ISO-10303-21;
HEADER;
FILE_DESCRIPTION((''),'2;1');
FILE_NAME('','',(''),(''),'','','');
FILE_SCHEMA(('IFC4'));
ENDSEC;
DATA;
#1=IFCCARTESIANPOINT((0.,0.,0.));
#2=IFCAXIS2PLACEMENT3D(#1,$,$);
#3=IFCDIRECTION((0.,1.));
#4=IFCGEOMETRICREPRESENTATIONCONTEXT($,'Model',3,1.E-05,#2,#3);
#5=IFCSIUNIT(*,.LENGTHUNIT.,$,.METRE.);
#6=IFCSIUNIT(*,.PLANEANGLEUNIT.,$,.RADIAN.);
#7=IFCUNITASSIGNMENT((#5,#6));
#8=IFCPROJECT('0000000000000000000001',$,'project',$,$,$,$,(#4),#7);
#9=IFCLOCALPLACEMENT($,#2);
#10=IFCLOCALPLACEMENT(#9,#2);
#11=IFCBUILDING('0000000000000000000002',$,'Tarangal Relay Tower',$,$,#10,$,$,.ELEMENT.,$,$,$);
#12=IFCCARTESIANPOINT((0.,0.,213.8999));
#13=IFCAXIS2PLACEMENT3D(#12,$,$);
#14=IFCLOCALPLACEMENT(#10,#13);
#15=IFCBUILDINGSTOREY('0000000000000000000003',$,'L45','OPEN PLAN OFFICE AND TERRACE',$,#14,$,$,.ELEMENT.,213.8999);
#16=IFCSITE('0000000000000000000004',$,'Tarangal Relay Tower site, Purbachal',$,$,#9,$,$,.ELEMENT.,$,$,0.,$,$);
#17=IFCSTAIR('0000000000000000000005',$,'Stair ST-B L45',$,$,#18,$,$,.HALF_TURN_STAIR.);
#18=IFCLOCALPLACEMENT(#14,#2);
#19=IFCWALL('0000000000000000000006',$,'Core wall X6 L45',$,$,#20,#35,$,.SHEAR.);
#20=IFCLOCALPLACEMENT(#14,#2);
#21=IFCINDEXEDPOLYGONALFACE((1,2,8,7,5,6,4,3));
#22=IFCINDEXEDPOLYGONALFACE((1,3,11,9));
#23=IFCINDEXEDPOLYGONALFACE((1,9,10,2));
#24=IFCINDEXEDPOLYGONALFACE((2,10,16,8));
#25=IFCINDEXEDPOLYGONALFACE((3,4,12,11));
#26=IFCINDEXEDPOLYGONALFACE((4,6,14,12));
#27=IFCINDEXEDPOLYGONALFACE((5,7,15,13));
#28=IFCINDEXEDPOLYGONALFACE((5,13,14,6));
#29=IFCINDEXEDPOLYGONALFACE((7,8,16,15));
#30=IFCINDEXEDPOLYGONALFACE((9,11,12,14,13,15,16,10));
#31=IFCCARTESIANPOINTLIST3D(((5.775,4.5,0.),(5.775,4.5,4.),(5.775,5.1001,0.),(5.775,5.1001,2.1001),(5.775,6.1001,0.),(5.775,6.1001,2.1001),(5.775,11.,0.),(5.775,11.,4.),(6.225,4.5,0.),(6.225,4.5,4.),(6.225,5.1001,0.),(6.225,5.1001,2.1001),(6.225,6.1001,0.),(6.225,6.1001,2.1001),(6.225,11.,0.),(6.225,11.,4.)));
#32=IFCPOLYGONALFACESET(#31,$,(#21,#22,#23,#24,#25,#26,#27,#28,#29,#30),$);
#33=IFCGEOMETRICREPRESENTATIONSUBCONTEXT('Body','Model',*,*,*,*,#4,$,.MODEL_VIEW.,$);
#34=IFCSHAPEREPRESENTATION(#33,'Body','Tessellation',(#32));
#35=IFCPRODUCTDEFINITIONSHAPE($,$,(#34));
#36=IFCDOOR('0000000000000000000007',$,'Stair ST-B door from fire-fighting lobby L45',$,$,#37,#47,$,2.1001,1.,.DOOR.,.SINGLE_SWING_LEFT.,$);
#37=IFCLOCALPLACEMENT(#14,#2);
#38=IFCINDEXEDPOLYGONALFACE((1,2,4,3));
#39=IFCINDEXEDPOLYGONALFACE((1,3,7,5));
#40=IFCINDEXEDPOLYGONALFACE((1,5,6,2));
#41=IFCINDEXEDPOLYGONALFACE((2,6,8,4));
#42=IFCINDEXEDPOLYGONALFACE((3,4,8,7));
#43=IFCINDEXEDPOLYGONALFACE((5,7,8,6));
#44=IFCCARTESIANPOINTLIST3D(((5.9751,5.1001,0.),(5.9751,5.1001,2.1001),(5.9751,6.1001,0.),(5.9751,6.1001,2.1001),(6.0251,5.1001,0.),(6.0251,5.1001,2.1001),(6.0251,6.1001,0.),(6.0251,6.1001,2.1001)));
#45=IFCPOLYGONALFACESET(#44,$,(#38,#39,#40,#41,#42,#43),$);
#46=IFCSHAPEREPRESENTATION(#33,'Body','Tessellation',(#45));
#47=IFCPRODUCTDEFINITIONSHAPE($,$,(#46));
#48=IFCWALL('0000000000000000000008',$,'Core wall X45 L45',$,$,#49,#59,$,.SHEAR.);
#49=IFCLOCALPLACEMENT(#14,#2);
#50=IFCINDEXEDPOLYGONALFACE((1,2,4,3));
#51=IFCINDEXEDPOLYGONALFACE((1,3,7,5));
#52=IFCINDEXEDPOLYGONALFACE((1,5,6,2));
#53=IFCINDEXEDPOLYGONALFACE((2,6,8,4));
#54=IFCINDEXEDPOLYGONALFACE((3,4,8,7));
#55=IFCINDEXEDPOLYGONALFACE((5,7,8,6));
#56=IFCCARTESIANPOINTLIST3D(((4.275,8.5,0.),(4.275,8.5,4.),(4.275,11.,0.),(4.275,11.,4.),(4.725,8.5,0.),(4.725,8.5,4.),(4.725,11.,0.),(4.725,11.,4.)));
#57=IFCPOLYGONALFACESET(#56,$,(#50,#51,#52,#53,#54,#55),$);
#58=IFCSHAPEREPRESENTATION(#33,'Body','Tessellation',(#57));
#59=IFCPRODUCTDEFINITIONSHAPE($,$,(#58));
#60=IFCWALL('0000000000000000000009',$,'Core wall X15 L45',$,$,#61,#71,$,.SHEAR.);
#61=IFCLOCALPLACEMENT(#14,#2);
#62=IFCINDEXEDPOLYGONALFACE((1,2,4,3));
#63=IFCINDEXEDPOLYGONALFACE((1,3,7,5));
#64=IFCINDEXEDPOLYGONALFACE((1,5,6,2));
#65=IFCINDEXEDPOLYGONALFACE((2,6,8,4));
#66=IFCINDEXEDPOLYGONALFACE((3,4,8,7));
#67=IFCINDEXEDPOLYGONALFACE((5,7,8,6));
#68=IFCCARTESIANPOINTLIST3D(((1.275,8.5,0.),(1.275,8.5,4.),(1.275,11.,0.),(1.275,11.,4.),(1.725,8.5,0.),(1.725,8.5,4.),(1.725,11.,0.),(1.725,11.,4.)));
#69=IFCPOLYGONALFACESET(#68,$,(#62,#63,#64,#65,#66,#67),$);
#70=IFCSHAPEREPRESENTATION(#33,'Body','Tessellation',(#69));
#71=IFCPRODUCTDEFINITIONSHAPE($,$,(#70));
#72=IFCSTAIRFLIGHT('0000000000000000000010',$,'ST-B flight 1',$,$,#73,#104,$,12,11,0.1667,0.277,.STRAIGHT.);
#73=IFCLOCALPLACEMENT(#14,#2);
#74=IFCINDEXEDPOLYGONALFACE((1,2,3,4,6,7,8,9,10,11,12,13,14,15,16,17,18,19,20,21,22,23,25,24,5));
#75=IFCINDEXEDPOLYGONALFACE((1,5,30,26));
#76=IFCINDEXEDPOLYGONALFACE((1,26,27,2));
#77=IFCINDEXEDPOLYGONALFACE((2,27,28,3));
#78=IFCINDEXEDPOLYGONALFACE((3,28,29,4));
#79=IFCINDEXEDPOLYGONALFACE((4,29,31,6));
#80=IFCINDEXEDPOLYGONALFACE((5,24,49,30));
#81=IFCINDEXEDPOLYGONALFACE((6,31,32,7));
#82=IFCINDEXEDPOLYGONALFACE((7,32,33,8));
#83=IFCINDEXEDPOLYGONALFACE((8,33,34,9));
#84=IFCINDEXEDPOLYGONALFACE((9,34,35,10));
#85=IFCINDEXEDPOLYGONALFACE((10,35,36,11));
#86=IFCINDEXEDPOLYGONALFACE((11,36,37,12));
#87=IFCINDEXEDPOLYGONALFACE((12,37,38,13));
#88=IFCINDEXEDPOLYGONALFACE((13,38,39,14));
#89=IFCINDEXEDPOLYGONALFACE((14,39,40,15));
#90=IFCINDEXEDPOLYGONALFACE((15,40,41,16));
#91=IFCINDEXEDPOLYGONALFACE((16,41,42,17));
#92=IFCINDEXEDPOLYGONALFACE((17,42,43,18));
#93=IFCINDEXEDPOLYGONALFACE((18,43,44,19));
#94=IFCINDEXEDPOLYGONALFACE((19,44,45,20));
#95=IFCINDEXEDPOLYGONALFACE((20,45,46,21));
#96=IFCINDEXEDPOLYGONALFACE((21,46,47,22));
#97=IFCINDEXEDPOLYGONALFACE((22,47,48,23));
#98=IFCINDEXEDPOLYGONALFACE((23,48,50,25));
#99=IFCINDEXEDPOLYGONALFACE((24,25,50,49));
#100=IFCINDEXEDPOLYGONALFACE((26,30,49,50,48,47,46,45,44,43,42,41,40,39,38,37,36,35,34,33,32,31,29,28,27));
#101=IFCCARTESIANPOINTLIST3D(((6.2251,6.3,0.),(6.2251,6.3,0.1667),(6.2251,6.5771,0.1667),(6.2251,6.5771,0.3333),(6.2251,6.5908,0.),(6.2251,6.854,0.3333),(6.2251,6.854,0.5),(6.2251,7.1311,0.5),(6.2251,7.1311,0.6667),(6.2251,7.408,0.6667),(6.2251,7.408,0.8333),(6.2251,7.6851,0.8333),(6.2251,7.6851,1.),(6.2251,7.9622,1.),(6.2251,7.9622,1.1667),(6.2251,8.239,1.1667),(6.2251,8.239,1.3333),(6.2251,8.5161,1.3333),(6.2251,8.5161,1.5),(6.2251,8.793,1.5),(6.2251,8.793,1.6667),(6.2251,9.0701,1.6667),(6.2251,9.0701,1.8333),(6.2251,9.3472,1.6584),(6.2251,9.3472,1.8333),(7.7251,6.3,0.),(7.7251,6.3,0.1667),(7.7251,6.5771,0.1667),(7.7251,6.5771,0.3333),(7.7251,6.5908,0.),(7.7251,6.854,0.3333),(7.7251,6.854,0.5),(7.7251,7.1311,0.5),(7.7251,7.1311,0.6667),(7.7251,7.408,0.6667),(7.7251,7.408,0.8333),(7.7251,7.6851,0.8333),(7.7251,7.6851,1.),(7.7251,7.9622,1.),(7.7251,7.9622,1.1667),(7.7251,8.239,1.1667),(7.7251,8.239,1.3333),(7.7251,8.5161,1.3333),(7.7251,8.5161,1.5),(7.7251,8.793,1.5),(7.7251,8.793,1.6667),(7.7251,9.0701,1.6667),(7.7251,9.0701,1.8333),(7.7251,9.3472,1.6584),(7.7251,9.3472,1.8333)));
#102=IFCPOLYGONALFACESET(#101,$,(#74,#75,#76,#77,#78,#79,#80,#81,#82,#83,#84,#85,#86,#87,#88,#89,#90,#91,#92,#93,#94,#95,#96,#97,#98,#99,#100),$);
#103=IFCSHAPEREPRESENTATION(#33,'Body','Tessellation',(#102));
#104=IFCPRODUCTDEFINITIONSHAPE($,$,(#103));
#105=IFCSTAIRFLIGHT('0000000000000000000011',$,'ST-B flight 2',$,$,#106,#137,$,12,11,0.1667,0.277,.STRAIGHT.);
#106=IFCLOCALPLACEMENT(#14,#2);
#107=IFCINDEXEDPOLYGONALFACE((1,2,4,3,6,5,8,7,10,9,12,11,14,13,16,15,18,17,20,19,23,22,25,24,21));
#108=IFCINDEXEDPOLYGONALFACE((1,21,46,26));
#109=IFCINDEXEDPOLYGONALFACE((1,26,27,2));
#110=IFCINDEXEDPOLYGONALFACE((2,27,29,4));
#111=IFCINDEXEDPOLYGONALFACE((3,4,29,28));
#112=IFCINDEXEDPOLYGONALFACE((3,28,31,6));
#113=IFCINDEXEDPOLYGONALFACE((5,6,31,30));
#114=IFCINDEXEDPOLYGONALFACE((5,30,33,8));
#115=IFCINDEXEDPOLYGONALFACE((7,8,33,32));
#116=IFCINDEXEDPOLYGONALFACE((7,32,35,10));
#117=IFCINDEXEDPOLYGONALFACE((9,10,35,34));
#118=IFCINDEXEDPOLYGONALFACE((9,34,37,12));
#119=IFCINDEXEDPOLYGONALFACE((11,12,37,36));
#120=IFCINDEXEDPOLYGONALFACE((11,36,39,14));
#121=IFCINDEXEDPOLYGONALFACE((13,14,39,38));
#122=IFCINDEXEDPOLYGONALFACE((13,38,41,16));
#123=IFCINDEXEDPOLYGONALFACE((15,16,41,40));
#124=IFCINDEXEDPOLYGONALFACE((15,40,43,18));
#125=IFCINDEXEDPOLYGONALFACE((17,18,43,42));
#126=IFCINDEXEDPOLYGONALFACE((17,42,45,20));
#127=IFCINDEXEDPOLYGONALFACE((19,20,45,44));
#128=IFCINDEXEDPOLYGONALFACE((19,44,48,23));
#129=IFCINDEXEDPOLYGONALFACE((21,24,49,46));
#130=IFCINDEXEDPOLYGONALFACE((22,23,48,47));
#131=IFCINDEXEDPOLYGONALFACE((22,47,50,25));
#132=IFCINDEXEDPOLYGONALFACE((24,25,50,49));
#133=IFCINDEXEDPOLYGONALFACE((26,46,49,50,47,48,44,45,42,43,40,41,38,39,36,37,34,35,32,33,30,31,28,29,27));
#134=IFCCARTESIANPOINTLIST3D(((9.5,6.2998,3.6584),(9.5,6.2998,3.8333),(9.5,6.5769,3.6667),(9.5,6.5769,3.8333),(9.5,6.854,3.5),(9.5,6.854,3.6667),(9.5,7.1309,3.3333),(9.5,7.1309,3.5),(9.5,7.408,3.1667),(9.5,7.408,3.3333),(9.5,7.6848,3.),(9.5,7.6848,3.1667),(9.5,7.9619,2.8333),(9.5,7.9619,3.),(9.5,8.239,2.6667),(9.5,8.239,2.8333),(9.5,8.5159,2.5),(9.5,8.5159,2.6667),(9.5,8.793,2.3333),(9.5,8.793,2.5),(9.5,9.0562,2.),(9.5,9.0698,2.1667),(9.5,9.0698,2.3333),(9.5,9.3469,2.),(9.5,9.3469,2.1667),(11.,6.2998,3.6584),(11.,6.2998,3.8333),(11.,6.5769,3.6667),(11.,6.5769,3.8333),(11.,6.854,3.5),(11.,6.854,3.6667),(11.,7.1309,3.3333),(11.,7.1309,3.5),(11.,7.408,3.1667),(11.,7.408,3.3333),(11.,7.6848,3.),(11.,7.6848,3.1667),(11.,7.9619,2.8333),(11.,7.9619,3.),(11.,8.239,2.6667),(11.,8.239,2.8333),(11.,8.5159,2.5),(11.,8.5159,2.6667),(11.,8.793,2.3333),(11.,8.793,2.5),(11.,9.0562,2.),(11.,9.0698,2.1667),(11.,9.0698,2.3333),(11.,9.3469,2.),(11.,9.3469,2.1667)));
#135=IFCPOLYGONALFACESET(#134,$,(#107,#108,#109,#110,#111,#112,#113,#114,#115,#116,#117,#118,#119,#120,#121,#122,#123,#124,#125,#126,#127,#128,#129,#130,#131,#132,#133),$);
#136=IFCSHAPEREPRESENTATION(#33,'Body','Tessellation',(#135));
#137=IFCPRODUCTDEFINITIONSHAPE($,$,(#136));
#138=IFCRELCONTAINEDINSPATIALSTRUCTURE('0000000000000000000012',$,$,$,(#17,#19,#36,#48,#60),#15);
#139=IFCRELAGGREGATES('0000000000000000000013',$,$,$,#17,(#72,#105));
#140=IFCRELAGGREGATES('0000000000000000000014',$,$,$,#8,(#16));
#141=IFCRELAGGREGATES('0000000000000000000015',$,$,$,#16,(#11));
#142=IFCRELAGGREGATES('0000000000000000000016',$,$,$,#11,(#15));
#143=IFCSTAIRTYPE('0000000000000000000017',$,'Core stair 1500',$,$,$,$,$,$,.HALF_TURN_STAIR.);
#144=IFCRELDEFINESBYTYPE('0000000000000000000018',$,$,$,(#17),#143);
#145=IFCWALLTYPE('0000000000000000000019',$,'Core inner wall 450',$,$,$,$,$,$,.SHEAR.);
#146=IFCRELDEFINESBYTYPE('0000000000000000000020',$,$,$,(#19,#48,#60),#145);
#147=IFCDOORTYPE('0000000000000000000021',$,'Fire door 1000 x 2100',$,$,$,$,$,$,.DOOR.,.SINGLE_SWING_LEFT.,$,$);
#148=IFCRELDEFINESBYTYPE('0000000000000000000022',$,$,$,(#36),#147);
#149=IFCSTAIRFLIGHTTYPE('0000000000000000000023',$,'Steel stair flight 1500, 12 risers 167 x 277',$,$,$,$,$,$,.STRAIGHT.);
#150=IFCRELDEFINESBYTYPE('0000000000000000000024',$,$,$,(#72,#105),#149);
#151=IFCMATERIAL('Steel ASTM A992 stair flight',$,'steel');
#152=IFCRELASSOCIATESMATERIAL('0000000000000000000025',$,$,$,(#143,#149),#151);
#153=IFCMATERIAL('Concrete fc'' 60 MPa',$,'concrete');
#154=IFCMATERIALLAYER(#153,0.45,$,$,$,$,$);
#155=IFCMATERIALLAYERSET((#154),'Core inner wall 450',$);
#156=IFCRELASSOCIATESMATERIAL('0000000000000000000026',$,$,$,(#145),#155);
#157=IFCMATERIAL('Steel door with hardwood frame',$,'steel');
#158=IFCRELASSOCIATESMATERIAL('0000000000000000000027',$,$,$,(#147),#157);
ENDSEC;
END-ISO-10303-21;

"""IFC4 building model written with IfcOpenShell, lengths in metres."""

from ifc_helpers import new_model, si_unit, direction, frame, frame_2d, origin, place, context, subcontext, project, spatial, polyline, rectangle, outline, extrude, material, layer, layer_set, type_object, element, fill, aggregate, save


model = new_model("IFC4")

# Units and contexts
model_context = context("Model", 3, precision=1e-05, world=origin(), true_north=direction((0.0, 1.0)))
body_context = subcontext(model_context, "Body", "Model", "MODEL_VIEW")
ifc_project = project(units=[si_unit("LENGTHUNIT", "METRE"), si_unit("PLANEANGLEUNIT", "RADIAN")], contexts=[model_context])

# Site, building, storey
site_placement = place(None, origin())
site = spatial("IfcSite", under=ifc_project, at=site_placement, Name="Tarangal Relay Tower site, Purbachal", CompositionType="ELEMENT", RefElevation=0.0)
building_placement = place(site_placement, origin())
building = spatial("IfcBuilding", under=site, at=building_placement, Name="Tarangal Relay Tower", CompositionType="ELEMENT")
storey_placement = place(building_placement, frame((0.0, 0.0, 213.8999)))
storey = spatial("IfcBuildingStorey", under=building, at=storey_placement, Name="L45", Description="OPEN PLAN OFFICE AND TERRACE", CompositionType="ELEMENT", Elevation=213.8999)

# Stair
ifc_material_1 = material(Name="Steel ASTM A992 stair flight", Category="steel")
stair_type = type_object("IfcStairType", Name="Core stair 1500", PredefinedType="HALF_TURN_STAIR", material=ifc_material_1)
stair_1_placement = place(storey_placement, origin())
stair_1 = element("IfcStair", 1, at=stair_1_placement, inside=storey, type_object=stair_type, Name="Stair ST-B L45", PredefinedType="HALF_TURN_STAIR")

# Shared definitions
ifc_material_2 = material(Name="Concrete fc' 60 MPa", Category="concrete")
ifc_layer_1 = layer(ifc_material_2, 0.45)
ifc_layer_set_1 = layer_set([ifc_layer_1], Name="Core inner wall 450")
wall_type = type_object("IfcWallType", Name="Core inner wall 450", PredefinedType="SHEAR", material=ifc_layer_set_1)

# Wall, opening, door
wall_placement = place(storey_placement, frame((6.0, 4.5, 0.0), z_axis=(0.0, 0.0, 1.0), x_axis=(0.0, 1.0, 0.0)))
wall = element("IfcWall", 2, at=wall_placement, inside=storey, type_object=wall_type, Name="Core wall X6 L45", PredefinedType="SHEAR", context=body_context, shape_type="SweptSolid", body=[
    extrude(rectangle(XDim=6.5, YDim=0.45, at=frame_2d((3.25, 0.0))), origin(), (0.0, 0.0, 1.0), 4.0),
])
opening_placement = place(wall_placement, frame((0.6001, 0.0, 0.0)))
opening = element("IfcOpeningElement", 3, at=opening_placement, cuts=wall, PredefinedType="OPENING", context=body_context, shape_type="SweptSolid", body=[
    extrude(rectangle(XDim=1.0, YDim=2.1001, at=frame_2d((0.5, 1.05))), frame((0.0, 0.2349, 0.0), z_axis=(0.0, -1.0, 0.0), x_axis=(1.0, 0.0, 0.0)), (0.0, 0.0, 1.0), 0.47),
])
ifc_material_3 = material(Name="Steel door with hardwood frame", Category="steel")
door_type = type_object("IfcDoorType", Name="Fire door 1000 x 2100", OperationType="SINGLE_SWING_LEFT", PredefinedType="DOOR", material=ifc_material_3)
door_placement = place(opening_placement, origin())
door = element("IfcDoor", 4, at=door_placement, inside=storey, type_object=door_type, Name="Stair ST-B door from fire-fighting lobby L45", OperationType="SINGLE_SWING_LEFT", OverallHeight=2.1001, OverallWidth=1.0, PredefinedType="DOOR", context=body_context, shape_type="SweptSolid", body=[
    extrude(rectangle(XDim=1.0, YDim=2.1001, at=frame_2d((0.5, 1.05))), frame((0.0, 0.0249, 0.0), z_axis=(0.0, -1.0, 0.0), x_axis=(1.0, 0.0, 0.0)), (0.0, 0.0, 1.0), 0.05),
])
fill(opening, door)

# Walls
for number, where, z_axis, x_axis, name in (
    (5, (4.5, 8.5, 0.0), (0.0, 0.0, 1.0), (0.0, 1.0, 0.0), "Core wall X45 L45"),
    (6, (1.5, 8.5, 0.0), (0.0, 0.0, 1.0), (0.0, 1.0, 0.0), "Core wall X15 L45"),
):
    element("IfcWall", number, at=place(storey_placement, frame(where, z_axis=z_axis, x_axis=x_axis)), inside=storey, type_object=wall_type, Name=name, PredefinedType="SHEAR", context=body_context, shape_type="SweptSolid", body=[
        extrude(rectangle(XDim=2.5, YDim=0.45, at=frame_2d((1.25, 0.0))), origin(), (0.0, 0.0, 1.0), 4.0),
    ])

# Stair flights
stair_flight_type = type_object("IfcStairFlightType", Name="Steel stair flight 1500, 12 risers 167 x 277", PredefinedType="STRAIGHT", material=ifc_material_1)
stair_flight_1_placement = place(storey_placement, frame((6.9751, 6.3, 0.0), z_axis=(0.0, 0.0, 1.0), x_axis=(0.0, 1.0, 0.0)))
stair_flight_1 = element("IfcStairFlight", 7, at=stair_flight_1_placement, type_object=stair_flight_type, Name="ST-B flight 1", NumberOfRisers=12, NumberOfTreads=11, PredefinedType="STRAIGHT", RiserHeight=0.1667, TreadLength=0.277, context=body_context, shape_type="SweptSolid", body=[
    extrude(outline(polyline([(0.0, 0.0), (0.0, 0.1667), (0.2771, 0.1667), (0.2771, 0.3333), (0.554, 0.3333), (0.554, 0.5), (0.8311, 0.5), (0.8311, 0.6667), (1.1079, 0.6667), (1.1079, 0.8333), (1.385, 0.8333), (1.385, 1.0), (1.6621, 1.0), (1.6621, 1.1667), (1.939, 1.1667), (1.939, 1.3333), (2.2161, 1.3333), (2.2161, 1.5), (2.4929, 1.5), (2.4929, 1.6667), (2.77, 1.6667), (2.77, 1.8333), (3.0471, 1.8333), (3.0471, 2.0), (3.0471, 1.6584), (0.2908, 0.0), (0.0, 0.0)])), frame((0.0, 0.75, 0.0), z_axis=(0.0, -1.0, 0.0), x_axis=(1.0, 0.0, 0.0)), (0.0, 0.0, 1.0), 1.5),
])
stair_flight_2_placement = place(storey_placement, frame((10.25, 9.3469, 2.0), z_axis=(0.0, 0.0, 1.0), x_axis=(0.0, -1.0, 0.0)))
stair_flight_2 = element("IfcStairFlight", 8, at=stair_flight_2_placement, type_object=stair_flight_type, Name="ST-B flight 2", NumberOfRisers=12, NumberOfTreads=11, PredefinedType="STRAIGHT", RiserHeight=0.1667, TreadLength=0.277, context=body_context, shape_type="SweptSolid", body=[
    extrude(outline(polyline([(0.0, 0.0), (0.0, 0.1667), (0.2771, 0.1667), (0.2771, 0.3333), (0.554, 0.3333), (0.554, 0.5), (0.8311, 0.5), (0.8311, 0.6667), (1.1079, 0.6667), (1.1079, 0.8333), (1.385, 0.8333), (1.385, 1.0), (1.6621, 1.0), (1.6621, 1.1667), (1.939, 1.1667), (1.939, 1.3333), (2.2161, 1.3333), (2.2161, 1.5), (2.4929, 1.5), (2.4929, 1.6667), (2.77, 1.6667), (2.77, 1.8333), (3.0471, 1.8333), (3.0471, 2.0), (3.0471, 1.6584), (0.2908, 0.0), (0.0, 0.0)])), frame((0.0, 0.75, 0.0), z_axis=(0.0, -1.0, 0.0), x_axis=(1.0, 0.0, 0.0)), (0.0, 0.0, 1.0), 1.5),
])
aggregate(stair_1, [stair_flight_1, stair_flight_2])

save(model, "model.ifc")
